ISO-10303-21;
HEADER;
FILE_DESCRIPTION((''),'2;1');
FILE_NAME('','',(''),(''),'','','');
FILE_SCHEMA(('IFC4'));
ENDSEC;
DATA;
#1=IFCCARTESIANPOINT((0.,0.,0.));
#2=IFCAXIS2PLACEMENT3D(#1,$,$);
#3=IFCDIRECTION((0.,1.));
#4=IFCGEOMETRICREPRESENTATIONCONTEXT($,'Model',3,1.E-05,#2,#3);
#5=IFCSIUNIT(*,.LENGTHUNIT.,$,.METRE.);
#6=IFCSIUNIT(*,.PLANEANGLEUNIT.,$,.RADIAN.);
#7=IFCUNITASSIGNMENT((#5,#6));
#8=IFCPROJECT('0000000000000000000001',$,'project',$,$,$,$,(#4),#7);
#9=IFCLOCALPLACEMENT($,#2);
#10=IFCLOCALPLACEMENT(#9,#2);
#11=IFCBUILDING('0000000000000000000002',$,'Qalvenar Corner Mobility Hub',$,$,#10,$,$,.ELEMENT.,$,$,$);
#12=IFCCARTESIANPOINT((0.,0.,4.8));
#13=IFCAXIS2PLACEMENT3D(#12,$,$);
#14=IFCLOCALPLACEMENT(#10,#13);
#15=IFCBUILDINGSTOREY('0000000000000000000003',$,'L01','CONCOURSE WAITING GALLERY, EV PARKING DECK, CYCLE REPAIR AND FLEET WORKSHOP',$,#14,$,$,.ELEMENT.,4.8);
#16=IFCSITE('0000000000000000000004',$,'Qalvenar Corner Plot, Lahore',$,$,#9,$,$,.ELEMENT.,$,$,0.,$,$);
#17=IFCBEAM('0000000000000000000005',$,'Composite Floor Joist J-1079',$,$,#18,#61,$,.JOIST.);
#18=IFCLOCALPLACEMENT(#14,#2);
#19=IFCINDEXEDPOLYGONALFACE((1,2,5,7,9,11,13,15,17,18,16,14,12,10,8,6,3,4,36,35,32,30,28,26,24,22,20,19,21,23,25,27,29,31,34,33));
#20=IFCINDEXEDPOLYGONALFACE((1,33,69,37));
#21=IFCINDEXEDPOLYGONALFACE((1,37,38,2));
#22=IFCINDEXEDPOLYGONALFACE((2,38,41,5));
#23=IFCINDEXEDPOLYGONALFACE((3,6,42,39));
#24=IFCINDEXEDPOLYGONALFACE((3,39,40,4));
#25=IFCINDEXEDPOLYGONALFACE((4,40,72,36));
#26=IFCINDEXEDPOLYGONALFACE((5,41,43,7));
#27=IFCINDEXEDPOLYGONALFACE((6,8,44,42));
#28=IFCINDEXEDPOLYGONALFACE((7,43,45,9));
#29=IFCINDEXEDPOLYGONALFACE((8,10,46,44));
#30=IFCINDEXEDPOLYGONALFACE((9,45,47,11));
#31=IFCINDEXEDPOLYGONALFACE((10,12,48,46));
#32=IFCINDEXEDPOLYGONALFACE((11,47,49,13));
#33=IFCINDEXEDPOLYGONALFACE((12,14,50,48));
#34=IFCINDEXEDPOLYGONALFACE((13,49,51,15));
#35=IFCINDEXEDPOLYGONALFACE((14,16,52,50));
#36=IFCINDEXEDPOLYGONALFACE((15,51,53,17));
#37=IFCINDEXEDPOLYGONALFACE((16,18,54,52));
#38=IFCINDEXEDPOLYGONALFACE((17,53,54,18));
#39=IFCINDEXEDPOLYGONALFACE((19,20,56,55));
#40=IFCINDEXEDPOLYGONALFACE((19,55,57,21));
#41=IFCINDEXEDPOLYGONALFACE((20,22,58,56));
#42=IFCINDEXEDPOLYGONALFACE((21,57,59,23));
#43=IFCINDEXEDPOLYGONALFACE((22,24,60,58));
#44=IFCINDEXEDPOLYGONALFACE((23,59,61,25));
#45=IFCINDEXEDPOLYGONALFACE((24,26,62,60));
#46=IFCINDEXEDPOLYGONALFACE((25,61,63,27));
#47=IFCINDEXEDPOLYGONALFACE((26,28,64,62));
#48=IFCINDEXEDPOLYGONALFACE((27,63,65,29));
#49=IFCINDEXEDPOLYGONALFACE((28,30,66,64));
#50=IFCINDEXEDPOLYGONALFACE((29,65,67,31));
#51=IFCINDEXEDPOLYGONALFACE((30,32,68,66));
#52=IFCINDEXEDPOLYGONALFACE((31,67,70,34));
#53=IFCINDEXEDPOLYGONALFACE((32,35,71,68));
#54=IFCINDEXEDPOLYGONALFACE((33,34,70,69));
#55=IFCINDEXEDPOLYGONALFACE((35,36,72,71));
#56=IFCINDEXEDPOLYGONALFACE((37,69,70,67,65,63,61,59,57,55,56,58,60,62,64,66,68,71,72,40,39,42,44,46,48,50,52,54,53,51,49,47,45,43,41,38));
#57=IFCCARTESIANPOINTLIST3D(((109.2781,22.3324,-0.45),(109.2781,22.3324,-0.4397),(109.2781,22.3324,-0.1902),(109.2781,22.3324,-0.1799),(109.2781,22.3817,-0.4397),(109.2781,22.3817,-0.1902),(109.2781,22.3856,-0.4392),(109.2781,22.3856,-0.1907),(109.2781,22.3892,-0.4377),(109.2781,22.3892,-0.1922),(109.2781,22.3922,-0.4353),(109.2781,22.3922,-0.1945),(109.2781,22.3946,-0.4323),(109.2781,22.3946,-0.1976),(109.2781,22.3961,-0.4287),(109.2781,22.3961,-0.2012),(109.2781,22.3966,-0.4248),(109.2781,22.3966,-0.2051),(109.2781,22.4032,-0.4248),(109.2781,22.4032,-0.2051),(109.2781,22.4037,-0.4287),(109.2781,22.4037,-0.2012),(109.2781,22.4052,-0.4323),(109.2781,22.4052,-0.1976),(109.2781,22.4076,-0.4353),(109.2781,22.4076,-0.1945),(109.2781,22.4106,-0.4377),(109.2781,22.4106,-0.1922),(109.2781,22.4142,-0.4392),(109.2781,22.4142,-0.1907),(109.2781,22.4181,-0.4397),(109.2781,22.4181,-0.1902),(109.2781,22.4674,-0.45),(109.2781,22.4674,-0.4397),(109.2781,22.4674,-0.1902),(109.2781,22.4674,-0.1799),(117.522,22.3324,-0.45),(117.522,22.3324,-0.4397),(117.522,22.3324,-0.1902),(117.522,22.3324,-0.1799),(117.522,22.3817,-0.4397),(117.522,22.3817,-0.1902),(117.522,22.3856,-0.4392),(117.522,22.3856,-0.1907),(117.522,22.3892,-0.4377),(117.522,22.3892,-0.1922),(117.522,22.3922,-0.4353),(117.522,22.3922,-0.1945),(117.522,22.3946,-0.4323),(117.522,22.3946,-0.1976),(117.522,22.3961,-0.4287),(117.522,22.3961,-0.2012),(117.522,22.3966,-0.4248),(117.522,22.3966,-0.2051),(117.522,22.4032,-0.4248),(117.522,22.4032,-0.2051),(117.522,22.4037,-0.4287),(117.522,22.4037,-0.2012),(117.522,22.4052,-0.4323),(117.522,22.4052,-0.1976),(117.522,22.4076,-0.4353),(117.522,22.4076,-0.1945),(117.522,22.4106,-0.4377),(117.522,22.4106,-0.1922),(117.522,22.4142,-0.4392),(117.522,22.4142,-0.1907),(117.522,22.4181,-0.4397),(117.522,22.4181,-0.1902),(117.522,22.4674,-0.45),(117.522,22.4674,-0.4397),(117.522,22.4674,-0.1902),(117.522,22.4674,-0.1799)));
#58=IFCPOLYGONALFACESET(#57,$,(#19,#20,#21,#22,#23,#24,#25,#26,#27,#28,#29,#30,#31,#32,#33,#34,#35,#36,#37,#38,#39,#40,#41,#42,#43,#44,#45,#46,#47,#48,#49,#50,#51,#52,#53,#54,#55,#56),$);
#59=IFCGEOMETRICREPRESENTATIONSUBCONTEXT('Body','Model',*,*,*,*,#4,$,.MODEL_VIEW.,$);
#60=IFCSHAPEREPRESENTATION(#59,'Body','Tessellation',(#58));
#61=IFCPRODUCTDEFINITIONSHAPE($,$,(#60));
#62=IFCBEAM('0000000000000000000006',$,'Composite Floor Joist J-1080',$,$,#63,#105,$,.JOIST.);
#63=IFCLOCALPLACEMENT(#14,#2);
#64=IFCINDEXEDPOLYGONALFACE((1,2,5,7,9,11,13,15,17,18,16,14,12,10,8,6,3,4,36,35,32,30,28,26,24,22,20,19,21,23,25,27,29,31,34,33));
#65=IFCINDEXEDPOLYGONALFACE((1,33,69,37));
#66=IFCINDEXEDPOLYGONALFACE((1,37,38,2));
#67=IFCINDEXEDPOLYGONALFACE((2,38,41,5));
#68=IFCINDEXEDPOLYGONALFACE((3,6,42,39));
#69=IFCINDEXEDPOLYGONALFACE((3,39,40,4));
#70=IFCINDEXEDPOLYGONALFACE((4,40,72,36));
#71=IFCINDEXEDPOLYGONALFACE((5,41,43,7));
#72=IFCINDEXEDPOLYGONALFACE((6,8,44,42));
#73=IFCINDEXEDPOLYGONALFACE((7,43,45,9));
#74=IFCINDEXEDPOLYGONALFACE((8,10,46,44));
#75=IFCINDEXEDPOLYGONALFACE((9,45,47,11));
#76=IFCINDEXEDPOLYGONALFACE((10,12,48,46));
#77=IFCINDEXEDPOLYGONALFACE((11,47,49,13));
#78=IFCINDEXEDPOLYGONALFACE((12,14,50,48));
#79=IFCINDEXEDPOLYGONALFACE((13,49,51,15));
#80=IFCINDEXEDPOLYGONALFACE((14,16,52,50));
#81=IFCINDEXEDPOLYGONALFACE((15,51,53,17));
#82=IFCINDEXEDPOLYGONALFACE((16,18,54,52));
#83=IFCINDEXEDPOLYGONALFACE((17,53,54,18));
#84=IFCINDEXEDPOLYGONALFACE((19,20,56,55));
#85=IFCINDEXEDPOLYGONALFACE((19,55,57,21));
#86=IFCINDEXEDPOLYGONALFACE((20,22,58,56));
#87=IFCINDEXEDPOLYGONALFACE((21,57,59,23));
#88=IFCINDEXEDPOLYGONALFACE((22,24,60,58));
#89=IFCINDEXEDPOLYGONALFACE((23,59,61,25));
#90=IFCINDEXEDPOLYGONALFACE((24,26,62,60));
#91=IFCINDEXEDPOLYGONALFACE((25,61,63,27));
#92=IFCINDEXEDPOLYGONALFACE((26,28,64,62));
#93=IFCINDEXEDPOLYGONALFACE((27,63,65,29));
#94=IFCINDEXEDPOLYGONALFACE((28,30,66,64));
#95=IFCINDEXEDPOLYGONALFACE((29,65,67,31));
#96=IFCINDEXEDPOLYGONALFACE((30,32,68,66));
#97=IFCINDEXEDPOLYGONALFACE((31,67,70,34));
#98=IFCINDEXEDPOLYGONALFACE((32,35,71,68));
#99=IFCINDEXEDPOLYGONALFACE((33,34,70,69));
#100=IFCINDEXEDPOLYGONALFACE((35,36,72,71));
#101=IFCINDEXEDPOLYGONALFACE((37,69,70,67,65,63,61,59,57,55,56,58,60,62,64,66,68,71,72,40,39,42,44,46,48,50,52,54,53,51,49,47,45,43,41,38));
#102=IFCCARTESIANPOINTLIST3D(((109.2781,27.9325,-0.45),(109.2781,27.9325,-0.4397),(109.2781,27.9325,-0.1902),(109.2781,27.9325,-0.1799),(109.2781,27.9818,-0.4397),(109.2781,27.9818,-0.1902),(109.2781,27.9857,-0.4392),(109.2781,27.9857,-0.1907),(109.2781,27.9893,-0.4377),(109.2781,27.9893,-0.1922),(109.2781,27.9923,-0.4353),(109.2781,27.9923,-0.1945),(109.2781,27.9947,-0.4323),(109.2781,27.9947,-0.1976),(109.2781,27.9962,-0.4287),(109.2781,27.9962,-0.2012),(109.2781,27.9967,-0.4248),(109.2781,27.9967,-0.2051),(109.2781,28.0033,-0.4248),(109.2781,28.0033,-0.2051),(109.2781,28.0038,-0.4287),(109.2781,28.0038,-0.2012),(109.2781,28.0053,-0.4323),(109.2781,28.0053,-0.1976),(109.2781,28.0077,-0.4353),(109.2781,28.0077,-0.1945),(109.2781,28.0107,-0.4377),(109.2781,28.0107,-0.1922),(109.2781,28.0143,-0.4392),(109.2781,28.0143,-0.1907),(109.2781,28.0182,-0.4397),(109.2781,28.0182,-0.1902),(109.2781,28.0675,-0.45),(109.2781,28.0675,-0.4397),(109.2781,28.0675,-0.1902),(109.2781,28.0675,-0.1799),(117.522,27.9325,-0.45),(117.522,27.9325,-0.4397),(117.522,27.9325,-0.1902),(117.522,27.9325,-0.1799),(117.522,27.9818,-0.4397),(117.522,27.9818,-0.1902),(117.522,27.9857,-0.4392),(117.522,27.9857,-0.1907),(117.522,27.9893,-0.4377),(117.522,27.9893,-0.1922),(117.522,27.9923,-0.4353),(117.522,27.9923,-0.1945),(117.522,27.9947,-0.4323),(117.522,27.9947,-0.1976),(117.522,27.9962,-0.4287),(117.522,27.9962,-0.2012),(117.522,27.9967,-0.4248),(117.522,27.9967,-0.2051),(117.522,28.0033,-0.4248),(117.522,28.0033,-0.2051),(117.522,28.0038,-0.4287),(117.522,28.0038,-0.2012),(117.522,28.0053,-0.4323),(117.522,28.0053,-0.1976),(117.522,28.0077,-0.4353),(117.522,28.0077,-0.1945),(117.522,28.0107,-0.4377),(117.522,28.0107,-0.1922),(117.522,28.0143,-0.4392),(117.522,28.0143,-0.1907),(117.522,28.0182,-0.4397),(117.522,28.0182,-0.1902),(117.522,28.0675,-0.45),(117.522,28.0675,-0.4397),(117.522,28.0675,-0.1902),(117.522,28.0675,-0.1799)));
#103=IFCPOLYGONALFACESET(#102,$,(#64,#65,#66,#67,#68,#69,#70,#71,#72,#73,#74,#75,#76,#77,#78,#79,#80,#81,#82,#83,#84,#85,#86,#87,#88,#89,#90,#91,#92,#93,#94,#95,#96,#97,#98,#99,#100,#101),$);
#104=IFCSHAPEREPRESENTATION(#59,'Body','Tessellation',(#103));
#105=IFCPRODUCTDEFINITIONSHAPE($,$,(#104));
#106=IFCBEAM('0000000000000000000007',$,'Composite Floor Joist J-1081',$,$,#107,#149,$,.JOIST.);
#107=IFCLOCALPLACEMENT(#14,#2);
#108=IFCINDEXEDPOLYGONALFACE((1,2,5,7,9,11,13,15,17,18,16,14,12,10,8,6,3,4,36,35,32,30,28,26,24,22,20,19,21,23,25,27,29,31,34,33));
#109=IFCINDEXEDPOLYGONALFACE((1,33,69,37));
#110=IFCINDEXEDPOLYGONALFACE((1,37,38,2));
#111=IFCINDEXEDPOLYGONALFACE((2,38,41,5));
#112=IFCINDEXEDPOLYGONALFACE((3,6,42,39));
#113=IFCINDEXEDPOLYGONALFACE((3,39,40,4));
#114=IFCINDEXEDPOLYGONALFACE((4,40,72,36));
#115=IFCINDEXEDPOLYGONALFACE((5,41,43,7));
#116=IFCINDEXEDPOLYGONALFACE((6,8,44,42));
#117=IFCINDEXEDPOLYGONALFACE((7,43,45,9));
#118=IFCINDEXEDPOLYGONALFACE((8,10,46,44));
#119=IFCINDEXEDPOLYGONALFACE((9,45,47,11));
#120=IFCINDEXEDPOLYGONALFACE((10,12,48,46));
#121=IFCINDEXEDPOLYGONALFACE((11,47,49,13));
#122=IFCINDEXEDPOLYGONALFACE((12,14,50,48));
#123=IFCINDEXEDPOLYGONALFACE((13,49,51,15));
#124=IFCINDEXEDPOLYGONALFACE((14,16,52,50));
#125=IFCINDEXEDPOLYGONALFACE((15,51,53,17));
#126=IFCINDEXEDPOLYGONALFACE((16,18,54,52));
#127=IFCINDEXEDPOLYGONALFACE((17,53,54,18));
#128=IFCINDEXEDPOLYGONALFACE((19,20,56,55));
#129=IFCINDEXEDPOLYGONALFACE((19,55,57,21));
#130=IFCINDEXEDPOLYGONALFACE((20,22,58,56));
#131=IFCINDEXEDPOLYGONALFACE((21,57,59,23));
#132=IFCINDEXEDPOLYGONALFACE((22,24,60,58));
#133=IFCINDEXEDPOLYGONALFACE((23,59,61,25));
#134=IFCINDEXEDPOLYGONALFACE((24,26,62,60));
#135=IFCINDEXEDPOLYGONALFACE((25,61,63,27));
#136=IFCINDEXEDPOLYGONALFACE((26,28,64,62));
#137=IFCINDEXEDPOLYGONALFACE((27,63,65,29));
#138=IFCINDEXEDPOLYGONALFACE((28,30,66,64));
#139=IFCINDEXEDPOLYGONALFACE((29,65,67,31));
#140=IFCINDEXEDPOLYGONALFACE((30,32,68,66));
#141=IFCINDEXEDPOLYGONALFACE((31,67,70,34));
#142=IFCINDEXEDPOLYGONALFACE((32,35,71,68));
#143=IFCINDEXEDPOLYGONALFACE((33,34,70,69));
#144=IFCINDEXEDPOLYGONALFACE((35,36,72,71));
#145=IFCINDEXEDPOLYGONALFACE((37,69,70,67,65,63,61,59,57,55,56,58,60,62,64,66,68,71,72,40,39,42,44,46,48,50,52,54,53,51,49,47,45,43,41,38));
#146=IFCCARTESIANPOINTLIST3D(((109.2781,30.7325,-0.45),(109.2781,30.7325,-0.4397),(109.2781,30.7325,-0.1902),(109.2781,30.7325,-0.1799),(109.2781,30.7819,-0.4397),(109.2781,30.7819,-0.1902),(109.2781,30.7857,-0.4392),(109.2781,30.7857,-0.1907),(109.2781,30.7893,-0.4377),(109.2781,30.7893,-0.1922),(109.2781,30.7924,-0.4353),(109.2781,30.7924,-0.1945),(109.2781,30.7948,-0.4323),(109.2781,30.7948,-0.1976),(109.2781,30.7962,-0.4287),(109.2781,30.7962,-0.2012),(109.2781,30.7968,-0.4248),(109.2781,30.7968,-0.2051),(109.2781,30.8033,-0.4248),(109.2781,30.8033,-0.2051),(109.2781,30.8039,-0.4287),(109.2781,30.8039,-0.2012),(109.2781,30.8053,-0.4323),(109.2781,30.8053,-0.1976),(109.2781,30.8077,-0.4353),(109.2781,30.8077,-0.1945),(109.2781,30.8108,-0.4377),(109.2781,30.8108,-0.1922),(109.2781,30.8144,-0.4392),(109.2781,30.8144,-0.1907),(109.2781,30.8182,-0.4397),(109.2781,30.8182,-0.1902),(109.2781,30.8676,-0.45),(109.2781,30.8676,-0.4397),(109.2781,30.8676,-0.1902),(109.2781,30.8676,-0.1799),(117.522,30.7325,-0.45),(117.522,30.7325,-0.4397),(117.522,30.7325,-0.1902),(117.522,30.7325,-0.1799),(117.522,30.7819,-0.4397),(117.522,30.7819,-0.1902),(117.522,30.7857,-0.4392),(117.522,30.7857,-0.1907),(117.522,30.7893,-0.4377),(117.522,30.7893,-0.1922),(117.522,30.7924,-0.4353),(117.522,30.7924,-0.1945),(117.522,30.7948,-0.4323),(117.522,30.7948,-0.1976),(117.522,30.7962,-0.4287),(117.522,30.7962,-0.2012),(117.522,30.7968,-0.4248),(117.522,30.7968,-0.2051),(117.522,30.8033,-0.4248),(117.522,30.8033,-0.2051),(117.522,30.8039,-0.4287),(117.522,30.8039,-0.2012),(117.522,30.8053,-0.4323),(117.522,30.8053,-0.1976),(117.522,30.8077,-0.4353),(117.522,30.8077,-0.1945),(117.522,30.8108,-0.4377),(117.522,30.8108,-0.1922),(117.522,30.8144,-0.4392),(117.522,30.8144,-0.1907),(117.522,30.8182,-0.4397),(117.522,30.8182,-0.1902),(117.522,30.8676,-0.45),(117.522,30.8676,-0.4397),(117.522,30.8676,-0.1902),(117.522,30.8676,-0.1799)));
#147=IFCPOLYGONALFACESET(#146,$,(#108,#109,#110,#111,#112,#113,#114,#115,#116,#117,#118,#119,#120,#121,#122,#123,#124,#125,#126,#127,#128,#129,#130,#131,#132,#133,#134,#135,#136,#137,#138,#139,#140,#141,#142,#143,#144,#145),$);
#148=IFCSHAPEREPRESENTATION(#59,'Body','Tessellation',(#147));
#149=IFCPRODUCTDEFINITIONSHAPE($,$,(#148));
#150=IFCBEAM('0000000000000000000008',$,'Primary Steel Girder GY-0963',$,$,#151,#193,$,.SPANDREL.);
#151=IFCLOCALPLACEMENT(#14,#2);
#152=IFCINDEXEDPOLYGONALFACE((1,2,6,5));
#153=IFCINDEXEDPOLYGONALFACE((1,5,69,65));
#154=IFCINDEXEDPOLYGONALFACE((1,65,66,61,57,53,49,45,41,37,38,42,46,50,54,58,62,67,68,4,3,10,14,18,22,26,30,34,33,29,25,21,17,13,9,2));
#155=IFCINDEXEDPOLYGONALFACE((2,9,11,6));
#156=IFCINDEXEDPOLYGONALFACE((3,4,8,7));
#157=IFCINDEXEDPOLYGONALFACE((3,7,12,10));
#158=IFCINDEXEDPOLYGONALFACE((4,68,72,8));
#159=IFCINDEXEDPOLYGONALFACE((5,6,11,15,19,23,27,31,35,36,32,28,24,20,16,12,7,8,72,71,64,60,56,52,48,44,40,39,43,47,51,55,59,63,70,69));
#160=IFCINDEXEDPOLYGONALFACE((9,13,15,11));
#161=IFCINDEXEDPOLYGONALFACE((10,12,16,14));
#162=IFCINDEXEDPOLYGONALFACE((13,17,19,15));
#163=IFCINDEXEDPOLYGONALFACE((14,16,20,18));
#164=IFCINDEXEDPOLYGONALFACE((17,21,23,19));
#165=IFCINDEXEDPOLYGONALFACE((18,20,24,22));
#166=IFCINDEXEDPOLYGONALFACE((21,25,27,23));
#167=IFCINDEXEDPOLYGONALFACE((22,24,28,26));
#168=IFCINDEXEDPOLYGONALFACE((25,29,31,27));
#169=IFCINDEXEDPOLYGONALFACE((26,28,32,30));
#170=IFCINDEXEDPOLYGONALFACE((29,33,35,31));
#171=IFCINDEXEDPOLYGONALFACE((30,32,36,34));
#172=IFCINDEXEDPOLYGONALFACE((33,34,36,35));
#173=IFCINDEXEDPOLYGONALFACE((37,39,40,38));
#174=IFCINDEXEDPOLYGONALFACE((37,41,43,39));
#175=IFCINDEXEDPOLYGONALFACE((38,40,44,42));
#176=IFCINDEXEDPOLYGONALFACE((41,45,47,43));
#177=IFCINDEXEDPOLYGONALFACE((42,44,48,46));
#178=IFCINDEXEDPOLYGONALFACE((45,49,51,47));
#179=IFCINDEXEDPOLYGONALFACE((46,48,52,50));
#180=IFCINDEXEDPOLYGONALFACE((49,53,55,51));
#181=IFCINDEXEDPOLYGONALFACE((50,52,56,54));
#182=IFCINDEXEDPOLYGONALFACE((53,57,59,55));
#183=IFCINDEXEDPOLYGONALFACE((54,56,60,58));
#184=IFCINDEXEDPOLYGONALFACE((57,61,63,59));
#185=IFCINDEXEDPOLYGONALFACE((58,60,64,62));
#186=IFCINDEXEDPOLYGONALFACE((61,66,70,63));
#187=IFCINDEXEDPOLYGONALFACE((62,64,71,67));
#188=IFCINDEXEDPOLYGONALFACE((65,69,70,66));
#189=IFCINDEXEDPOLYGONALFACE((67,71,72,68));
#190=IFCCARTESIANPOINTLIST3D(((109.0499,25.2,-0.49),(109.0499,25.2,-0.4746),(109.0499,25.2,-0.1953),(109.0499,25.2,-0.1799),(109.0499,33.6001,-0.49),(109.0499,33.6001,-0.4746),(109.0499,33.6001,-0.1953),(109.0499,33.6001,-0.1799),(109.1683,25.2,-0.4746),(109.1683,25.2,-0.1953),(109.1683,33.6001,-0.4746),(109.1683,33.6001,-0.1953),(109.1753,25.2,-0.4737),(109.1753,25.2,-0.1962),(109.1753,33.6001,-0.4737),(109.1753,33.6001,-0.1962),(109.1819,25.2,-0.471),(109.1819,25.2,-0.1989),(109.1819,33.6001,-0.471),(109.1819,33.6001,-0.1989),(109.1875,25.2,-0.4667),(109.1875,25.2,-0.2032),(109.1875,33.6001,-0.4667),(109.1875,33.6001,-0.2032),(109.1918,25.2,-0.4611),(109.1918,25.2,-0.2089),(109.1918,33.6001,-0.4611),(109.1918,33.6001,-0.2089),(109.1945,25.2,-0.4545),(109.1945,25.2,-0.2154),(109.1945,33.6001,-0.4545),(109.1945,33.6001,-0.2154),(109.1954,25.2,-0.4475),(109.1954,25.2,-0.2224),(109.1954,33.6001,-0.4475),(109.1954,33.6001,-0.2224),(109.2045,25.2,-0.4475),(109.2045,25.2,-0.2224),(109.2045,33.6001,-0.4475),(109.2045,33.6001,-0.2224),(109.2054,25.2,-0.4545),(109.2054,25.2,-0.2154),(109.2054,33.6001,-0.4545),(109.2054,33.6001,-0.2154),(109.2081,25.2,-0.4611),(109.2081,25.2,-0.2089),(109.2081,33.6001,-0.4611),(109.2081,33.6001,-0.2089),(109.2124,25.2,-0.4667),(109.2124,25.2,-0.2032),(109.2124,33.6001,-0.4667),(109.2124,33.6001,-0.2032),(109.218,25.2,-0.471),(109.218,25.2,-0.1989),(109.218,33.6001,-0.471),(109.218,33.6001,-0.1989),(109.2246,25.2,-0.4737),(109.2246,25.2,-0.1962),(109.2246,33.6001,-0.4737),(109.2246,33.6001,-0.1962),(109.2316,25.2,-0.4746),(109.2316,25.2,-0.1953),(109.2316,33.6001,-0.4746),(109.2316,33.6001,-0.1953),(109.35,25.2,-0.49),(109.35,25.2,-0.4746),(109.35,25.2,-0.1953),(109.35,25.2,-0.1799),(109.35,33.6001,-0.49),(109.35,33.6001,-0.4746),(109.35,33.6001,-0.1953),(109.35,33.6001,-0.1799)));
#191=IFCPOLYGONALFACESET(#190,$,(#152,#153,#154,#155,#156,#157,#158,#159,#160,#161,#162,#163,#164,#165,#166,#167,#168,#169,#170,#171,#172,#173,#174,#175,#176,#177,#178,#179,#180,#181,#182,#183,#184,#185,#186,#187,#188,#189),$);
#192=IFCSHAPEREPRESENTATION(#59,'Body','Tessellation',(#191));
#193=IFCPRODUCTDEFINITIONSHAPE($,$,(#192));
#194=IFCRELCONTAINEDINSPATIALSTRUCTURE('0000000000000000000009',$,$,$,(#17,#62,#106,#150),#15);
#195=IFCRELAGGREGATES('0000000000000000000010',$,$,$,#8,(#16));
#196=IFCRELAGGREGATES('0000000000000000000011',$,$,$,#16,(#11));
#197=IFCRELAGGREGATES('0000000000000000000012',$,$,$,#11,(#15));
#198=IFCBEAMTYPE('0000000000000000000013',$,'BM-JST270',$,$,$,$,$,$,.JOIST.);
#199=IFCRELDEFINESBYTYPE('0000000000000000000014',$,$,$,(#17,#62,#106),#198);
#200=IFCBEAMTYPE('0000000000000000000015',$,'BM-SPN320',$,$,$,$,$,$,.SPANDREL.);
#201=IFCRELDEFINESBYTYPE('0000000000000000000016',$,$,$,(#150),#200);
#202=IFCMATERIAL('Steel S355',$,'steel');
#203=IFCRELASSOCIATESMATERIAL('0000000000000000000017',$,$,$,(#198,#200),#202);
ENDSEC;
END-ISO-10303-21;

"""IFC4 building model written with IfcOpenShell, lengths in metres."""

from ifc_helpers import new_model, si_unit, direction, frame, origin, origin_2d, place, context, subcontext, project, spatial, i_section, extrude, material, material_profile, profile_set, type_object, element, save


model = new_model("IFC4")

# Units and contexts
model_context = context("Model", 3, precision=1e-05, world=origin(), true_north=direction((0.0, 1.0)))
body_context = subcontext(model_context, "Body", "Model", "MODEL_VIEW")
ifc_project = project(units=[si_unit("LENGTHUNIT", "METRE"), si_unit("PLANEANGLEUNIT", "RADIAN")], contexts=[model_context])

# Site, building, storey
site_placement = place(None, origin())
site = spatial("IfcSite", under=ifc_project, at=site_placement, Name="Qalvenar Corner Plot, Lahore", CompositionType="ELEMENT", RefElevation=0.0)
building_placement = place(site_placement, origin())
building = spatial("IfcBuilding", under=site, at=building_placement, Name="Qalvenar Corner Mobility Hub", CompositionType="ELEMENT")
storey_placement = place(building_placement, frame((0.0, 0.0, 4.8)))
storey = spatial("IfcBuildingStorey", under=building, at=storey_placement, Name="L01", Description="CONCOURSE WAITING GALLERY, EV PARKING DECK, CYCLE REPAIR AND FLEET WORKSHOP", CompositionType="ELEMENT", Elevation=4.8)

# Shared definitions
ifc_material_1 = material(Name="Steel S355", Category="steel")

# Beams
ifc_material_profile_1 = material_profile(ifc_material_1, i_section(OverallWidth=0.135, OverallDepth=0.27, WebThickness=0.0066, FlangeThickness=0.0103, FilletRadius=0.0149, at=origin_2d()), Name="IPE270")
ifc_profile_set_1 = profile_set([ifc_material_profile_1], Name="Steel S355")
beam_type_1 = type_object("IfcBeamType", Name="BM-JST270", PredefinedType="JOIST", material=ifc_profile_set_1)
for number, where, z_axis, x_axis, name in (
    (1, (109.2781, 22.3999, -0.3149), (1.0, 0.0, 0.0), (0.0, 1.0, 0.0), "Composite Floor Joist J-1079"),
    (2, (109.2781, 28.0, -0.3149), (1.0, 0.0, 0.0), (0.0, 1.0, 0.0), "Composite Floor Joist J-1080"),
    (3, (109.2781, 30.8, -0.3149), (1.0, 0.0, 0.0), (0.0, 1.0, 0.0), "Composite Floor Joist J-1081"),
):
    element("IfcBeam", number, at=place(storey_placement, frame(where, z_axis=z_axis, x_axis=x_axis)), inside=storey, type_object=beam_type_1, Name=name, PredefinedType="JOIST", context=body_context, shape_type="SweptSolid", body=[
        extrude(i_section(OverallWidth=0.135, OverallDepth=0.27, WebThickness=0.0066, FlangeThickness=0.0103, FilletRadius=0.0149, at=origin_2d()), origin(), (0.0, 0.0, 1.0), 8.2439),
    ])
ifc_material_profile_2 = material_profile(ifc_material_1, i_section(OverallWidth=0.3, OverallDepth=0.3101, WebThickness=0.009, FlangeThickness=0.0154, FilletRadius=0.0271, at=origin_2d()), Name="HEA320")
ifc_profile_set_2 = profile_set([ifc_material_profile_2], Name="Steel S355")
beam_type_2 = type_object("IfcBeamType", Name="BM-SPN320", PredefinedType="SPANDREL", material=ifc_profile_set_2)
beam_1_placement = place(storey_placement, frame((109.2, 25.2, -0.335), z_axis=(0.0, 1.0, 0.0), x_axis=(-1.0, 0.0, 0.0)))
element("IfcBeam", 4, at=beam_1_placement, inside=storey, type_object=beam_type_2, Name="Primary Steel Girder GY-0963", PredefinedType="SPANDREL", context=body_context, shape_type="SweptSolid", body=[
    extrude(i_section(OverallWidth=0.3, OverallDepth=0.3101, WebThickness=0.009, FlangeThickness=0.0154, FilletRadius=0.0271, at=origin_2d()), origin(), (0.0, 0.0, 1.0), 8.4001),
])

save(model, "model.ifc")
